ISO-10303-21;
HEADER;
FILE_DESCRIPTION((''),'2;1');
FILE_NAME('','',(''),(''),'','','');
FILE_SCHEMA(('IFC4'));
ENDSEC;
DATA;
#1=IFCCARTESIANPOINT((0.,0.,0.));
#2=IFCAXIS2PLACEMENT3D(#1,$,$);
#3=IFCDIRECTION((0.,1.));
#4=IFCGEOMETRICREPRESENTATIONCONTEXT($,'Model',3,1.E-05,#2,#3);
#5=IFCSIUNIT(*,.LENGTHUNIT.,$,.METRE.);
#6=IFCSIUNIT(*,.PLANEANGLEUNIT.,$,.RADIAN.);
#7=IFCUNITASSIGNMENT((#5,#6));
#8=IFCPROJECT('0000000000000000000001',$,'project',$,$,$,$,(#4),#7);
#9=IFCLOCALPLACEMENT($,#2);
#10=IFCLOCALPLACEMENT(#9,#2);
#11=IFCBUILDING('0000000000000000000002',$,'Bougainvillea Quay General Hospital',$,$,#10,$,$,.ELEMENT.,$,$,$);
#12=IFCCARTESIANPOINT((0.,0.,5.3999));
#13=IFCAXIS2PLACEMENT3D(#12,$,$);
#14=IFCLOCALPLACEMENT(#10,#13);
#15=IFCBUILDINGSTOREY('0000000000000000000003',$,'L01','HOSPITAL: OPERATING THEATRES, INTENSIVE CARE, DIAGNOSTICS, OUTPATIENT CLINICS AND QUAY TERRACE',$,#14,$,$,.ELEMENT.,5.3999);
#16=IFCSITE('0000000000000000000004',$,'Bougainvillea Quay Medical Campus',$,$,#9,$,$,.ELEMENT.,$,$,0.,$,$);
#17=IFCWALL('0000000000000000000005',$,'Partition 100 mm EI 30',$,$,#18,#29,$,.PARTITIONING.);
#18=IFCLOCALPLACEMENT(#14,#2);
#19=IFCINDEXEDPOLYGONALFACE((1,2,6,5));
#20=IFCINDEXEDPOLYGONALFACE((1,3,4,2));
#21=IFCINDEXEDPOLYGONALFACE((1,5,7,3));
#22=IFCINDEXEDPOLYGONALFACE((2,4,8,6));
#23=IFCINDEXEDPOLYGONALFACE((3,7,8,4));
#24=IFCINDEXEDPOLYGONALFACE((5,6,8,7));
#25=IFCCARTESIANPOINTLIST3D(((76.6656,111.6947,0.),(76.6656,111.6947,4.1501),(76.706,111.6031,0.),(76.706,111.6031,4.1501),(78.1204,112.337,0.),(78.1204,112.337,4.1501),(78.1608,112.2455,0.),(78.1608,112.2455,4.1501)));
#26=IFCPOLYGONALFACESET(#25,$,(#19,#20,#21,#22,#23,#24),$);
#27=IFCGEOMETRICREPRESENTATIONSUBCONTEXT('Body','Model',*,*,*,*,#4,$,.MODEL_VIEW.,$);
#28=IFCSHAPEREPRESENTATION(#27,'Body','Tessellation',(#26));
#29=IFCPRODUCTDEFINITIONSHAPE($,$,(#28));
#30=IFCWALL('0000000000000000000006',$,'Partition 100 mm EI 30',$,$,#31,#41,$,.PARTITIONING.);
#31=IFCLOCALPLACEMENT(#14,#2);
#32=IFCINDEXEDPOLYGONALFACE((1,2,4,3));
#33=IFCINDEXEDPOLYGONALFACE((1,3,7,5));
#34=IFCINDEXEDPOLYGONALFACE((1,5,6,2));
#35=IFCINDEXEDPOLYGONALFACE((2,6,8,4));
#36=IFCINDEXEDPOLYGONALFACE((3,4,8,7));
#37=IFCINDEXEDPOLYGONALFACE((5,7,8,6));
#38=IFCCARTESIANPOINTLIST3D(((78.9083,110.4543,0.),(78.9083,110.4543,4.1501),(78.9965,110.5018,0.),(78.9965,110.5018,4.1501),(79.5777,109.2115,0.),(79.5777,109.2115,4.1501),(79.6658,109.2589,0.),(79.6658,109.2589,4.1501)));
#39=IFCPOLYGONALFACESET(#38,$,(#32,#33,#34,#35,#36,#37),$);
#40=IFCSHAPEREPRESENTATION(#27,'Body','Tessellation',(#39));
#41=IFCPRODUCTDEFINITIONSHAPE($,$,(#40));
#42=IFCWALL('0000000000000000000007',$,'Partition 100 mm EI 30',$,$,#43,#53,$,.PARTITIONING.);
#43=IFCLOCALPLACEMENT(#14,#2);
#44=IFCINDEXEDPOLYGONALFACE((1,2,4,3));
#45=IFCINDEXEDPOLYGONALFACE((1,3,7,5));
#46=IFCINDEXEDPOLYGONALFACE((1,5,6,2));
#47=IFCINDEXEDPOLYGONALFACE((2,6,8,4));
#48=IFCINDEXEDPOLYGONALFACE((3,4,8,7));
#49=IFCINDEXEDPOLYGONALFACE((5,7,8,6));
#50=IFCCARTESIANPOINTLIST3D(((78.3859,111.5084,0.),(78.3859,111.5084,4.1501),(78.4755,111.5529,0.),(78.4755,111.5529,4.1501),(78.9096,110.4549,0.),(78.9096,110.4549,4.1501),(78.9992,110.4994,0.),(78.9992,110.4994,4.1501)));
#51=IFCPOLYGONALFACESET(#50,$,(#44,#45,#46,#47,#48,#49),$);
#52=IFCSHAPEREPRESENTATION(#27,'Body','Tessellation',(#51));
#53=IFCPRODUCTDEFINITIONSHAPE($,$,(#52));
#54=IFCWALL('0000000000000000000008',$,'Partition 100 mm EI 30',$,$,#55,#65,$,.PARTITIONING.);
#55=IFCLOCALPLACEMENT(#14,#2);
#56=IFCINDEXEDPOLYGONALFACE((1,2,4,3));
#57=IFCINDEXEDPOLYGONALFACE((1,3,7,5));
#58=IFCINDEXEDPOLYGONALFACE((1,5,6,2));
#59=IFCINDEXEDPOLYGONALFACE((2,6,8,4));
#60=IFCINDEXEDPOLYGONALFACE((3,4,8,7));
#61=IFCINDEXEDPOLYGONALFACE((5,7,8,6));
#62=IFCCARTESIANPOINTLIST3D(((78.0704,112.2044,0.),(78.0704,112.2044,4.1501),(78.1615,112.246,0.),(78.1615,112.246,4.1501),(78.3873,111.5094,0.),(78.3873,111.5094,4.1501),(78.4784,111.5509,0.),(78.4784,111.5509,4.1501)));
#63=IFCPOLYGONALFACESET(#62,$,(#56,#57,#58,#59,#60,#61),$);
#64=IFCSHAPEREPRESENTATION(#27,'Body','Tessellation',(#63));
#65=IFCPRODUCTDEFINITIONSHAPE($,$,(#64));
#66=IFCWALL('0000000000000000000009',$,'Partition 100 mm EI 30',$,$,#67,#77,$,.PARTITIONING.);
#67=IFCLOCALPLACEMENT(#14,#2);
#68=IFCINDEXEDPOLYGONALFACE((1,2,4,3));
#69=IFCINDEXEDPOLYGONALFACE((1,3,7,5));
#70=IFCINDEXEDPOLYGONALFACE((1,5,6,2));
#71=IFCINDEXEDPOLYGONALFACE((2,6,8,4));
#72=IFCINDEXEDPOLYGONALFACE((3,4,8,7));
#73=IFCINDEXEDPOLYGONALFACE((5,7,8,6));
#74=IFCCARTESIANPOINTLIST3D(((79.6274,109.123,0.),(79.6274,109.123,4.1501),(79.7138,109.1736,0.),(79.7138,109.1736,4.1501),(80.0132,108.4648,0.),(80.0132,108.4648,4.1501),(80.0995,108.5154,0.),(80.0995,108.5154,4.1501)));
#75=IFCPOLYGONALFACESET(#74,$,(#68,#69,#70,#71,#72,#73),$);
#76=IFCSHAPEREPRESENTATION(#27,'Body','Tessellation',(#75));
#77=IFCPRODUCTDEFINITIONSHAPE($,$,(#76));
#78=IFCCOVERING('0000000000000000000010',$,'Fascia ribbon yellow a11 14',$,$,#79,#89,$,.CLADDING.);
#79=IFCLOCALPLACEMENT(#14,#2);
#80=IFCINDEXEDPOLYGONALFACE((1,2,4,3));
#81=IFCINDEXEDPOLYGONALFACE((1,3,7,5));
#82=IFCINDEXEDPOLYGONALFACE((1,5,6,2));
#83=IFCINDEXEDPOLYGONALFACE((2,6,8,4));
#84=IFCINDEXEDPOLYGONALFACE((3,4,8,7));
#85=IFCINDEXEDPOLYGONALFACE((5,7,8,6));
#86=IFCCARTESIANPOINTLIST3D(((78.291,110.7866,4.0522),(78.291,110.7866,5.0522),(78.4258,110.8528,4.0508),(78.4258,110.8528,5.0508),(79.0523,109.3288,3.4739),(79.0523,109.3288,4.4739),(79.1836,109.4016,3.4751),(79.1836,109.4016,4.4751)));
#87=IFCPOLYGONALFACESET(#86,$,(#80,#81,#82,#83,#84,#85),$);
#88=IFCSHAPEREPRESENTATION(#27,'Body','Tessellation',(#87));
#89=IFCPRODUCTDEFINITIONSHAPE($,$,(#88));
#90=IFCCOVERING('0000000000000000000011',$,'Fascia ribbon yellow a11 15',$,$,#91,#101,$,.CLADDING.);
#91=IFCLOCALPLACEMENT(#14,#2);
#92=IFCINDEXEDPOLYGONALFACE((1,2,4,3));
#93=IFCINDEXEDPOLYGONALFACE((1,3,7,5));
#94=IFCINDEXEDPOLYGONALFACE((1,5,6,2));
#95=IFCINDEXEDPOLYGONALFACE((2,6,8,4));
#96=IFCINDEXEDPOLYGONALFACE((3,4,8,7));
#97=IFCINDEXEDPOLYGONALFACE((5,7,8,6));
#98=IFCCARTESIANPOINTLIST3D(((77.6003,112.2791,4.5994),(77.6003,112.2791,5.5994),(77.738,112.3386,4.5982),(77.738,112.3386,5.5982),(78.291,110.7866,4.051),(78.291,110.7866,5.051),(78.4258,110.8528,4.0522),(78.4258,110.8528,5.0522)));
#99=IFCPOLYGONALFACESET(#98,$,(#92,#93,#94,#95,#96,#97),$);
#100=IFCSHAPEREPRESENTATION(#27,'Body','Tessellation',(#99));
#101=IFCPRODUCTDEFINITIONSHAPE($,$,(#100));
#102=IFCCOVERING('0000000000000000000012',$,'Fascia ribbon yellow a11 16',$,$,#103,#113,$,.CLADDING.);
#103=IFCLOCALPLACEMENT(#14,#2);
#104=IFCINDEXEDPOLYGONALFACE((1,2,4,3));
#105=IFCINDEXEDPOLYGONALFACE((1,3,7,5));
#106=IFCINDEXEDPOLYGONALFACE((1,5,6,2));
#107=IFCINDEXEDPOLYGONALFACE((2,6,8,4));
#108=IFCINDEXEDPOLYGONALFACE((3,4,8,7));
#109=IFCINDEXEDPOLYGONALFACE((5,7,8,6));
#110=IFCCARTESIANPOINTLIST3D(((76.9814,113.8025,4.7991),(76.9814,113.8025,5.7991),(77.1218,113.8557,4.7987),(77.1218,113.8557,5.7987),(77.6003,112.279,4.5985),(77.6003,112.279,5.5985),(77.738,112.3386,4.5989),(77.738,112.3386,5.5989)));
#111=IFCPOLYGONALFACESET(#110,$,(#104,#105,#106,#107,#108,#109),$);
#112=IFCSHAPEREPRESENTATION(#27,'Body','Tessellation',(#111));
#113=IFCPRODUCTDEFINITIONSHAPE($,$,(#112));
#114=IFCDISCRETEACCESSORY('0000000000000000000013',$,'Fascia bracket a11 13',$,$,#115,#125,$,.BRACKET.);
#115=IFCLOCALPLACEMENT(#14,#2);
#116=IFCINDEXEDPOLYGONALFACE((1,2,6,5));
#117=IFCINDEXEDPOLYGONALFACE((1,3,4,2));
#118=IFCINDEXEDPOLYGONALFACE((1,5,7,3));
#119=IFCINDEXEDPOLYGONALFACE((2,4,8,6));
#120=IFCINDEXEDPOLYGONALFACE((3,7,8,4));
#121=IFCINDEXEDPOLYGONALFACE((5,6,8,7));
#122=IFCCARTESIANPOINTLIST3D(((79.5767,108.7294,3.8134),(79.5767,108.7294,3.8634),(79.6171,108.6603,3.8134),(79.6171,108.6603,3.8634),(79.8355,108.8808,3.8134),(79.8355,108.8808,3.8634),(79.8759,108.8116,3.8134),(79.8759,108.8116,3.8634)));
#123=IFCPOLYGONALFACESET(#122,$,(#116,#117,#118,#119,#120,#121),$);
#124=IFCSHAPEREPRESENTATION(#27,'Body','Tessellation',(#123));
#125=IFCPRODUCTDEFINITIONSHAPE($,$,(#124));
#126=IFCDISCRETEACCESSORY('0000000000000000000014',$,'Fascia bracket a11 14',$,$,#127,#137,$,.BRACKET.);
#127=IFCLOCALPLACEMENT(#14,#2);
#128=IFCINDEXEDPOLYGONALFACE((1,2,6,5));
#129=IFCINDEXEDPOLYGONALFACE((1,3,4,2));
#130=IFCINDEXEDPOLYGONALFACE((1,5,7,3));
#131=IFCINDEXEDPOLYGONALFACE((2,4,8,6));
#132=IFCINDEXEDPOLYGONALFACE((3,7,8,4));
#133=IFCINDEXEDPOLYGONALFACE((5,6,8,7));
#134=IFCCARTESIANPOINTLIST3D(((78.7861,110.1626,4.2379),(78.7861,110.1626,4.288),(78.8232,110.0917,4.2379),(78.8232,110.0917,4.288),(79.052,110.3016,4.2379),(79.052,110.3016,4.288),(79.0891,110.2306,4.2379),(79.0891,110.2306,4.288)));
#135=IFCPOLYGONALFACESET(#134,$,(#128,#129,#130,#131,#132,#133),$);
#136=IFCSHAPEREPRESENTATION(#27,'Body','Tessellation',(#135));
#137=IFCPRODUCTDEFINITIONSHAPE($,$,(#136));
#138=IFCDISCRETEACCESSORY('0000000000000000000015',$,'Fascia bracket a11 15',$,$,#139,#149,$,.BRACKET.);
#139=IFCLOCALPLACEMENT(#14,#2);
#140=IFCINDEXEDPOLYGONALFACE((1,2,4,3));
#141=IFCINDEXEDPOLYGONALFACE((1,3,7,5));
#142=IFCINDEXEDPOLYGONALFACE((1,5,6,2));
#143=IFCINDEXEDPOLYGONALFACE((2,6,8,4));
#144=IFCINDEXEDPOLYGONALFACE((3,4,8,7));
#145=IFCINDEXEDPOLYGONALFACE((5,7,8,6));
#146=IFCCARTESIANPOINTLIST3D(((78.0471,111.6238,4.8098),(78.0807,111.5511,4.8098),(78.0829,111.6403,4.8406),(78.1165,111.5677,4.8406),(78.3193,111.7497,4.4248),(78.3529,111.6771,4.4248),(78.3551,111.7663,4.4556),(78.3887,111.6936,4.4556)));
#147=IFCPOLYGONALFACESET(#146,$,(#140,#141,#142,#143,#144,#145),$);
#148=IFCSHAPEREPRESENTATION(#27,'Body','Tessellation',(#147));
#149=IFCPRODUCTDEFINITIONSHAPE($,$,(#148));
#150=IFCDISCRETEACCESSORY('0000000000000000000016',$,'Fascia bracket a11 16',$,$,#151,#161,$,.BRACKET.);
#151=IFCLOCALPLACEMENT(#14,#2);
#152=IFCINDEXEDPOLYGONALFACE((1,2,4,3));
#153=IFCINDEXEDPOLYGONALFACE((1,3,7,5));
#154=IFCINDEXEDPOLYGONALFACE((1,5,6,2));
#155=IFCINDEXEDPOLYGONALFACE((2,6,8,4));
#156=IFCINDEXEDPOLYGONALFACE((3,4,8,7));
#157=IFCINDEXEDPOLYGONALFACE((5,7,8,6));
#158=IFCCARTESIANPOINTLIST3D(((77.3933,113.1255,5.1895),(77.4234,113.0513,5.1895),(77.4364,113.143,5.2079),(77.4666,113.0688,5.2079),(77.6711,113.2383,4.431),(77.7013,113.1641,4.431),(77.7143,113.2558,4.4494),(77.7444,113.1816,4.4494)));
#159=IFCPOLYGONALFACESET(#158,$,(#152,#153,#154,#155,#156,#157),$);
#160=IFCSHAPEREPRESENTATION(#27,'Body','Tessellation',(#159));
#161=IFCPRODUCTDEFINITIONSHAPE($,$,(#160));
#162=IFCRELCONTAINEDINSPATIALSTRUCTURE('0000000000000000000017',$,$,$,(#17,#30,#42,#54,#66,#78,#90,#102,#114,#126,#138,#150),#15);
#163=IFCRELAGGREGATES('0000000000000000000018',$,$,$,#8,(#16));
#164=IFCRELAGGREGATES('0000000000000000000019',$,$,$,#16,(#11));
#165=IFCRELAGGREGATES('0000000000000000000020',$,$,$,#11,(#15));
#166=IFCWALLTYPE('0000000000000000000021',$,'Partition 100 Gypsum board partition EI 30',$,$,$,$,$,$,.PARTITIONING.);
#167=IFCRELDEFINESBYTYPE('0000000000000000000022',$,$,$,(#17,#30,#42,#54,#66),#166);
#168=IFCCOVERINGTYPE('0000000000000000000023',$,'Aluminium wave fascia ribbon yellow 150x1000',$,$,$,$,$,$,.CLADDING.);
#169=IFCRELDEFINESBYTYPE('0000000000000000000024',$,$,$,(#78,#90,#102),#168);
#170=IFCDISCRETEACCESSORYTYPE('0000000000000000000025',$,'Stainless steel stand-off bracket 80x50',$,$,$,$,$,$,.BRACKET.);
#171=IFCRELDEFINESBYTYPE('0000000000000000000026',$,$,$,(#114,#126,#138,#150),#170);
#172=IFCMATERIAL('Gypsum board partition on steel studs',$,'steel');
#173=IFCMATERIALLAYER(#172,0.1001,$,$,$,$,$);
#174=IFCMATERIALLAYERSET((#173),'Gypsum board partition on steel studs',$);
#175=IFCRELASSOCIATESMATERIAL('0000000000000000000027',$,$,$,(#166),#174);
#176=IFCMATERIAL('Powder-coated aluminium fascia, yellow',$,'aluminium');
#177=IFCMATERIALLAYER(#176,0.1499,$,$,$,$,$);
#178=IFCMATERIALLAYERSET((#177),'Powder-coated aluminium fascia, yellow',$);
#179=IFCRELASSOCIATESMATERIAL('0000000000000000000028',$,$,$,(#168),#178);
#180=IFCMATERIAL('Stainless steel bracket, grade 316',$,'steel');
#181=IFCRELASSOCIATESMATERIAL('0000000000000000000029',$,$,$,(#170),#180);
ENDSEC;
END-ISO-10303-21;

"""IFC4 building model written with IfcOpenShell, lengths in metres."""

from ifc_helpers import new_model, si_unit, direction, frame, frame_2d, origin, origin_2d, place, context, subcontext, project, spatial, polyline, rectangle, outline, extrude, material, layer, layer_set, material_profile, profile_set, type_object, element, save


model = new_model("IFC4")

# Units and contexts
model_context = context("Model", 3, precision=1e-05, world=origin(), true_north=direction((0.0, 1.0)))
body_context = subcontext(model_context, "Body", "Model", "MODEL_VIEW")
ifc_project = project(units=[si_unit("LENGTHUNIT", "METRE"), si_unit("PLANEANGLEUNIT", "RADIAN")], contexts=[model_context])

# Site, building, storey
site_placement = place(None, origin())
site = spatial("IfcSite", under=ifc_project, at=site_placement, Name="Bougainvillea Quay Medical Campus", CompositionType="ELEMENT", RefElevation=0.0)
building_placement = place(site_placement, origin())
building = spatial("IfcBuilding", under=site, at=building_placement, Name="Bougainvillea Quay General Hospital", CompositionType="ELEMENT")
storey_placement = place(building_placement, frame((0.0, 0.0, 5.3999)))
storey = spatial("IfcBuildingStorey", under=building, at=storey_placement, Name="L01", Description="HOSPITAL: OPERATING THEATRES, INTENSIVE CARE, DIAGNOSTICS, OUTPATIENT CLINICS AND QUAY TERRACE", CompositionType="ELEMENT", Elevation=5.3999)

# Walls
ifc_material_1 = material(Name="Gypsum board partition on steel studs", Category="steel")
ifc_layer_1 = layer(ifc_material_1, 0.1001)
ifc_layer_set_1 = layer_set([ifc_layer_1], Name="Gypsum board partition on steel studs")
wall_type = type_object("IfcWallType", Name="Partition 100 Gypsum board partition EI 30", PredefinedType="PARTITIONING", material=ifc_layer_set_1)
wall_1_placement = place(storey_placement, frame((76.6858, 111.6489, 0.0), z_axis=(0.0, 0.0, 1.0), x_axis=(0.914803, 0.403901, 0.0)))
element("IfcWall", 1, at=wall_1_placement, inside=storey, type_object=wall_type, Name="Partition 100 mm EI 30", PredefinedType="PARTITIONING", context=body_context, shape_type="SweptSolid", body=[
    extrude(rectangle(XDim=1.5903, YDim=0.1001, at=frame_2d((0.7952, 0.0))), origin(), (0.0, 0.0, 1.0), 4.1501),
])
wall_2_placement = place(storey_placement, frame((78.9524, 110.478, 0.0), z_axis=(0.0, 0.0, 1.0), x_axis=(0.474193, -0.880421, 0.0)))
element("IfcWall", 2, at=wall_2_placement, inside=storey, type_object=wall_type, Name="Partition 100 mm EI 30", PredefinedType="PARTITIONING", context=body_context, shape_type="SweptSolid", body=[
    extrude(rectangle(XDim=1.4116, YDim=0.1001, at=frame_2d((0.7058, 0.0))), origin(), (0.0, 0.0, 1.0), 4.1501),
])
wall_3_placement = place(storey_placement, frame((78.4307, 111.5308, 0.0), z_axis=(0.0, 0.0, 1.0), x_axis=(0.445137, -0.895462, 0.0)))
element("IfcWall", 3, at=wall_3_placement, inside=storey, type_object=wall_type, Name="Partition 100 mm EI 30", PredefinedType="PARTITIONING", context=body_context, shape_type="SweptSolid", body=[
    extrude(rectangle(XDim=1.1765, YDim=0.1001, at=frame_2d((0.5884, 0.0))), origin(), (0.0, 0.0, 1.0), 4.1501),
])
wall_4_placement = place(storey_placement, frame((78.116, 112.2251, 0.0), z_axis=(0.0, 0.0, 1.0), x_axis=(0.414838, -0.909895, 0.0)))
element("IfcWall", 4, at=wall_4_placement, inside=storey, type_object=wall_type, Name="Partition 100 mm EI 30", PredefinedType="PARTITIONING", context=body_context, shape_type="SweptSolid", body=[
    extrude(rectangle(XDim=0.7639, YDim=0.1001, at=frame_2d((0.3818, 0.0))), origin(), (0.0, 0.0, 1.0), 4.1501),
])
wall_5_placement = place(storey_placement, frame((79.6707, 109.1482, 0.0), z_axis=(0.0, 0.0, 1.0), x_axis=(0.505621, -0.862756, 0.0)))
element("IfcWall", 5, at=wall_5_placement, inside=storey, type_object=wall_type, Name="Partition 100 mm EI 30", PredefinedType="PARTITIONING", context=body_context, shape_type="SweptSolid", body=[
    extrude(rectangle(XDim=0.7629, YDim=0.1001, at=frame_2d((0.3813, 0.0))), origin(), (0.0, 0.0, 1.0), 4.1501),
])

# Coverings
ifc_material_2 = material(Name="Powder-coated aluminium fascia, yellow", Category="aluminium")
ifc_layer_2 = layer(ifc_material_2, 0.1499)
ifc_layer_set_2 = layer_set([ifc_layer_2], Name="Powder-coated aluminium fascia, yellow")
covering_type = type_object("IfcCoveringType", Name="Aluminium wave fascia ribbon yellow 150x1000", PredefinedType="CLADDING", material=ifc_layer_set_2)
covering_1_placement = place(storey_placement, frame((79.1836, 109.4016, 3.4751), z_axis=(0.154201, -0.293736, 0.943367), x_axis=(-0.436677, 0.836215, 0.33175)))
element("IfcCovering", 6, at=covering_1_placement, inside=storey, type_object=covering_type, Name="Fascia ribbon yellow a11 14", PredefinedType="CLADDING", context=body_context, shape_type="SweptSolid", body=[
    extrude(outline(polyline([(0.0, 0.0), (1.7354, 0.0), (1.7394, 0.1501), (-0.0039, 0.1501), (0.0, 0.0)])), origin(), (0.33175, 0.000677, 0.943367), 1.0),
])
covering_2_placement = place(storey_placement, frame((78.4258, 110.8528, 4.0522), z_axis=(0.132535, -0.287203, 0.948656), x_axis=(-0.398484, 0.860906, 0.316308)))
element("IfcCovering", 7, at=covering_2_placement, inside=storey, type_object=covering_type, Name="Fascia ribbon yellow a11 15", PredefinedType="CLADDING", context=body_context, shape_type="SweptSolid", body=[
    extrude(outline(polyline([(0.0, 0.0), (1.7259, 0.0), (1.7299, 0.15), (-0.0036, 0.1501), (0.0, 0.0)])), origin(), (0.316308, -0.000345, 0.948656), 1.0),
])
covering_3_placement = place(storey_placement, frame((77.738, 112.3386, 4.5989), z_axis=(0.04552, -0.112224, 0.99264), x_axis=(-0.373551, 0.91967, 0.121105)))
element("IfcCovering", 8, at=covering_3_placement, inside=storey, type_object=covering_type, Name="Fascia ribbon yellow a11 16", PredefinedType="CLADDING", context=body_context, shape_type="SweptSolid", body=[
    extrude(outline(polyline([(0.0, 0.0), (1.6496, 0.0), (1.6531, 0.1501), (-0.0034, 0.15), (0.0, 0.0)])), origin(), (0.121105, -0.000058, 0.99264), 1.0),
])

# Discrete accessories
ifc_material_3 = material(Name="Stainless steel bracket, grade 316", Category="steel")
ifc_material_profile_1 = material_profile(ifc_material_3, rectangle(XDim=0.0801, YDim=0.05, at=origin_2d()))
ifc_profile_set_1 = profile_set([ifc_material_profile_1], Name="Stainless steel bracket, grade 316")
discrete_accessory_type = type_object("IfcDiscreteAccessoryType", Name="Stainless steel stand-off bracket 80x50", PredefinedType="BRACKET", material=ifc_profile_set_1)
discrete_accessory_1_placement = place(storey_placement, frame((79.8557, 108.8462, 3.8384), z_axis=(-0.863188, -0.504883, 0.0), x_axis=(0.504883, -0.863188, 0.0)))
element("IfcDiscreteAccessory", 9, at=discrete_accessory_1_placement, inside=storey, type_object=discrete_accessory_type, Name="Fascia bracket a11 13", PredefinedType="BRACKET", context=body_context, shape_type="SweptSolid", body=[
    extrude(rectangle(XDim=0.0801, YDim=0.05, at=origin_2d()), origin(), (0.0, 0.0, 1.0), 0.2998),
])
discrete_accessory_2_placement = place(storey_placement, frame((79.0706, 110.2661, 4.2629), z_axis=(-0.886309, -0.463094, 0.0), x_axis=(0.463094, -0.886309, 0.0)))
element("IfcDiscreteAccessory", 10, at=discrete_accessory_2_placement, inside=storey, type_object=discrete_accessory_type, Name="Fascia bracket a11 14", PredefinedType="BRACKET", context=body_context, shape_type="SweptSolid", body=[
    extrude(rectangle(XDim=0.0801, YDim=0.05, at=origin_2d()), origin(), (0.0, 0.0, 1.0), 0.3),
])
discrete_accessory_3_placement = place(storey_placement, frame((78.354, 111.7217, 4.4402), z_axis=(-0.55775, -0.258116, 0.788854), x_axis=(0.419987, -0.90753, 0.0)))
element("IfcDiscreteAccessory", 11, at=discrete_accessory_3_placement, inside=storey, type_object=discrete_accessory_type, Name="Fascia bracket a11 15", PredefinedType="BRACKET", context=body_context, shape_type="SweptSolid", body=[
    extrude(rectangle(XDim=0.0801, YDim=0.05, at=origin_2d()), origin(), (0.0, 0.0, 1.0), 0.488),
])
discrete_accessory_4_placement = place(storey_placement, frame((77.7078, 113.21, 4.4402), z_axis=(-0.340622, -0.138284, 0.929975), x_axis=(0.376159, -0.926555, 0.0)))
element("IfcDiscreteAccessory", 12, at=discrete_accessory_4_placement, inside=storey, type_object=discrete_accessory_type, Name="Fascia bracket a11 16", PredefinedType="BRACKET", context=body_context, shape_type="SweptSolid", body=[
    extrude(rectangle(XDim=0.0801, YDim=0.05, at=origin_2d()), origin(), (0.0, 0.0, 1.0), 0.8157),
])

save(model, "model.ifc")
